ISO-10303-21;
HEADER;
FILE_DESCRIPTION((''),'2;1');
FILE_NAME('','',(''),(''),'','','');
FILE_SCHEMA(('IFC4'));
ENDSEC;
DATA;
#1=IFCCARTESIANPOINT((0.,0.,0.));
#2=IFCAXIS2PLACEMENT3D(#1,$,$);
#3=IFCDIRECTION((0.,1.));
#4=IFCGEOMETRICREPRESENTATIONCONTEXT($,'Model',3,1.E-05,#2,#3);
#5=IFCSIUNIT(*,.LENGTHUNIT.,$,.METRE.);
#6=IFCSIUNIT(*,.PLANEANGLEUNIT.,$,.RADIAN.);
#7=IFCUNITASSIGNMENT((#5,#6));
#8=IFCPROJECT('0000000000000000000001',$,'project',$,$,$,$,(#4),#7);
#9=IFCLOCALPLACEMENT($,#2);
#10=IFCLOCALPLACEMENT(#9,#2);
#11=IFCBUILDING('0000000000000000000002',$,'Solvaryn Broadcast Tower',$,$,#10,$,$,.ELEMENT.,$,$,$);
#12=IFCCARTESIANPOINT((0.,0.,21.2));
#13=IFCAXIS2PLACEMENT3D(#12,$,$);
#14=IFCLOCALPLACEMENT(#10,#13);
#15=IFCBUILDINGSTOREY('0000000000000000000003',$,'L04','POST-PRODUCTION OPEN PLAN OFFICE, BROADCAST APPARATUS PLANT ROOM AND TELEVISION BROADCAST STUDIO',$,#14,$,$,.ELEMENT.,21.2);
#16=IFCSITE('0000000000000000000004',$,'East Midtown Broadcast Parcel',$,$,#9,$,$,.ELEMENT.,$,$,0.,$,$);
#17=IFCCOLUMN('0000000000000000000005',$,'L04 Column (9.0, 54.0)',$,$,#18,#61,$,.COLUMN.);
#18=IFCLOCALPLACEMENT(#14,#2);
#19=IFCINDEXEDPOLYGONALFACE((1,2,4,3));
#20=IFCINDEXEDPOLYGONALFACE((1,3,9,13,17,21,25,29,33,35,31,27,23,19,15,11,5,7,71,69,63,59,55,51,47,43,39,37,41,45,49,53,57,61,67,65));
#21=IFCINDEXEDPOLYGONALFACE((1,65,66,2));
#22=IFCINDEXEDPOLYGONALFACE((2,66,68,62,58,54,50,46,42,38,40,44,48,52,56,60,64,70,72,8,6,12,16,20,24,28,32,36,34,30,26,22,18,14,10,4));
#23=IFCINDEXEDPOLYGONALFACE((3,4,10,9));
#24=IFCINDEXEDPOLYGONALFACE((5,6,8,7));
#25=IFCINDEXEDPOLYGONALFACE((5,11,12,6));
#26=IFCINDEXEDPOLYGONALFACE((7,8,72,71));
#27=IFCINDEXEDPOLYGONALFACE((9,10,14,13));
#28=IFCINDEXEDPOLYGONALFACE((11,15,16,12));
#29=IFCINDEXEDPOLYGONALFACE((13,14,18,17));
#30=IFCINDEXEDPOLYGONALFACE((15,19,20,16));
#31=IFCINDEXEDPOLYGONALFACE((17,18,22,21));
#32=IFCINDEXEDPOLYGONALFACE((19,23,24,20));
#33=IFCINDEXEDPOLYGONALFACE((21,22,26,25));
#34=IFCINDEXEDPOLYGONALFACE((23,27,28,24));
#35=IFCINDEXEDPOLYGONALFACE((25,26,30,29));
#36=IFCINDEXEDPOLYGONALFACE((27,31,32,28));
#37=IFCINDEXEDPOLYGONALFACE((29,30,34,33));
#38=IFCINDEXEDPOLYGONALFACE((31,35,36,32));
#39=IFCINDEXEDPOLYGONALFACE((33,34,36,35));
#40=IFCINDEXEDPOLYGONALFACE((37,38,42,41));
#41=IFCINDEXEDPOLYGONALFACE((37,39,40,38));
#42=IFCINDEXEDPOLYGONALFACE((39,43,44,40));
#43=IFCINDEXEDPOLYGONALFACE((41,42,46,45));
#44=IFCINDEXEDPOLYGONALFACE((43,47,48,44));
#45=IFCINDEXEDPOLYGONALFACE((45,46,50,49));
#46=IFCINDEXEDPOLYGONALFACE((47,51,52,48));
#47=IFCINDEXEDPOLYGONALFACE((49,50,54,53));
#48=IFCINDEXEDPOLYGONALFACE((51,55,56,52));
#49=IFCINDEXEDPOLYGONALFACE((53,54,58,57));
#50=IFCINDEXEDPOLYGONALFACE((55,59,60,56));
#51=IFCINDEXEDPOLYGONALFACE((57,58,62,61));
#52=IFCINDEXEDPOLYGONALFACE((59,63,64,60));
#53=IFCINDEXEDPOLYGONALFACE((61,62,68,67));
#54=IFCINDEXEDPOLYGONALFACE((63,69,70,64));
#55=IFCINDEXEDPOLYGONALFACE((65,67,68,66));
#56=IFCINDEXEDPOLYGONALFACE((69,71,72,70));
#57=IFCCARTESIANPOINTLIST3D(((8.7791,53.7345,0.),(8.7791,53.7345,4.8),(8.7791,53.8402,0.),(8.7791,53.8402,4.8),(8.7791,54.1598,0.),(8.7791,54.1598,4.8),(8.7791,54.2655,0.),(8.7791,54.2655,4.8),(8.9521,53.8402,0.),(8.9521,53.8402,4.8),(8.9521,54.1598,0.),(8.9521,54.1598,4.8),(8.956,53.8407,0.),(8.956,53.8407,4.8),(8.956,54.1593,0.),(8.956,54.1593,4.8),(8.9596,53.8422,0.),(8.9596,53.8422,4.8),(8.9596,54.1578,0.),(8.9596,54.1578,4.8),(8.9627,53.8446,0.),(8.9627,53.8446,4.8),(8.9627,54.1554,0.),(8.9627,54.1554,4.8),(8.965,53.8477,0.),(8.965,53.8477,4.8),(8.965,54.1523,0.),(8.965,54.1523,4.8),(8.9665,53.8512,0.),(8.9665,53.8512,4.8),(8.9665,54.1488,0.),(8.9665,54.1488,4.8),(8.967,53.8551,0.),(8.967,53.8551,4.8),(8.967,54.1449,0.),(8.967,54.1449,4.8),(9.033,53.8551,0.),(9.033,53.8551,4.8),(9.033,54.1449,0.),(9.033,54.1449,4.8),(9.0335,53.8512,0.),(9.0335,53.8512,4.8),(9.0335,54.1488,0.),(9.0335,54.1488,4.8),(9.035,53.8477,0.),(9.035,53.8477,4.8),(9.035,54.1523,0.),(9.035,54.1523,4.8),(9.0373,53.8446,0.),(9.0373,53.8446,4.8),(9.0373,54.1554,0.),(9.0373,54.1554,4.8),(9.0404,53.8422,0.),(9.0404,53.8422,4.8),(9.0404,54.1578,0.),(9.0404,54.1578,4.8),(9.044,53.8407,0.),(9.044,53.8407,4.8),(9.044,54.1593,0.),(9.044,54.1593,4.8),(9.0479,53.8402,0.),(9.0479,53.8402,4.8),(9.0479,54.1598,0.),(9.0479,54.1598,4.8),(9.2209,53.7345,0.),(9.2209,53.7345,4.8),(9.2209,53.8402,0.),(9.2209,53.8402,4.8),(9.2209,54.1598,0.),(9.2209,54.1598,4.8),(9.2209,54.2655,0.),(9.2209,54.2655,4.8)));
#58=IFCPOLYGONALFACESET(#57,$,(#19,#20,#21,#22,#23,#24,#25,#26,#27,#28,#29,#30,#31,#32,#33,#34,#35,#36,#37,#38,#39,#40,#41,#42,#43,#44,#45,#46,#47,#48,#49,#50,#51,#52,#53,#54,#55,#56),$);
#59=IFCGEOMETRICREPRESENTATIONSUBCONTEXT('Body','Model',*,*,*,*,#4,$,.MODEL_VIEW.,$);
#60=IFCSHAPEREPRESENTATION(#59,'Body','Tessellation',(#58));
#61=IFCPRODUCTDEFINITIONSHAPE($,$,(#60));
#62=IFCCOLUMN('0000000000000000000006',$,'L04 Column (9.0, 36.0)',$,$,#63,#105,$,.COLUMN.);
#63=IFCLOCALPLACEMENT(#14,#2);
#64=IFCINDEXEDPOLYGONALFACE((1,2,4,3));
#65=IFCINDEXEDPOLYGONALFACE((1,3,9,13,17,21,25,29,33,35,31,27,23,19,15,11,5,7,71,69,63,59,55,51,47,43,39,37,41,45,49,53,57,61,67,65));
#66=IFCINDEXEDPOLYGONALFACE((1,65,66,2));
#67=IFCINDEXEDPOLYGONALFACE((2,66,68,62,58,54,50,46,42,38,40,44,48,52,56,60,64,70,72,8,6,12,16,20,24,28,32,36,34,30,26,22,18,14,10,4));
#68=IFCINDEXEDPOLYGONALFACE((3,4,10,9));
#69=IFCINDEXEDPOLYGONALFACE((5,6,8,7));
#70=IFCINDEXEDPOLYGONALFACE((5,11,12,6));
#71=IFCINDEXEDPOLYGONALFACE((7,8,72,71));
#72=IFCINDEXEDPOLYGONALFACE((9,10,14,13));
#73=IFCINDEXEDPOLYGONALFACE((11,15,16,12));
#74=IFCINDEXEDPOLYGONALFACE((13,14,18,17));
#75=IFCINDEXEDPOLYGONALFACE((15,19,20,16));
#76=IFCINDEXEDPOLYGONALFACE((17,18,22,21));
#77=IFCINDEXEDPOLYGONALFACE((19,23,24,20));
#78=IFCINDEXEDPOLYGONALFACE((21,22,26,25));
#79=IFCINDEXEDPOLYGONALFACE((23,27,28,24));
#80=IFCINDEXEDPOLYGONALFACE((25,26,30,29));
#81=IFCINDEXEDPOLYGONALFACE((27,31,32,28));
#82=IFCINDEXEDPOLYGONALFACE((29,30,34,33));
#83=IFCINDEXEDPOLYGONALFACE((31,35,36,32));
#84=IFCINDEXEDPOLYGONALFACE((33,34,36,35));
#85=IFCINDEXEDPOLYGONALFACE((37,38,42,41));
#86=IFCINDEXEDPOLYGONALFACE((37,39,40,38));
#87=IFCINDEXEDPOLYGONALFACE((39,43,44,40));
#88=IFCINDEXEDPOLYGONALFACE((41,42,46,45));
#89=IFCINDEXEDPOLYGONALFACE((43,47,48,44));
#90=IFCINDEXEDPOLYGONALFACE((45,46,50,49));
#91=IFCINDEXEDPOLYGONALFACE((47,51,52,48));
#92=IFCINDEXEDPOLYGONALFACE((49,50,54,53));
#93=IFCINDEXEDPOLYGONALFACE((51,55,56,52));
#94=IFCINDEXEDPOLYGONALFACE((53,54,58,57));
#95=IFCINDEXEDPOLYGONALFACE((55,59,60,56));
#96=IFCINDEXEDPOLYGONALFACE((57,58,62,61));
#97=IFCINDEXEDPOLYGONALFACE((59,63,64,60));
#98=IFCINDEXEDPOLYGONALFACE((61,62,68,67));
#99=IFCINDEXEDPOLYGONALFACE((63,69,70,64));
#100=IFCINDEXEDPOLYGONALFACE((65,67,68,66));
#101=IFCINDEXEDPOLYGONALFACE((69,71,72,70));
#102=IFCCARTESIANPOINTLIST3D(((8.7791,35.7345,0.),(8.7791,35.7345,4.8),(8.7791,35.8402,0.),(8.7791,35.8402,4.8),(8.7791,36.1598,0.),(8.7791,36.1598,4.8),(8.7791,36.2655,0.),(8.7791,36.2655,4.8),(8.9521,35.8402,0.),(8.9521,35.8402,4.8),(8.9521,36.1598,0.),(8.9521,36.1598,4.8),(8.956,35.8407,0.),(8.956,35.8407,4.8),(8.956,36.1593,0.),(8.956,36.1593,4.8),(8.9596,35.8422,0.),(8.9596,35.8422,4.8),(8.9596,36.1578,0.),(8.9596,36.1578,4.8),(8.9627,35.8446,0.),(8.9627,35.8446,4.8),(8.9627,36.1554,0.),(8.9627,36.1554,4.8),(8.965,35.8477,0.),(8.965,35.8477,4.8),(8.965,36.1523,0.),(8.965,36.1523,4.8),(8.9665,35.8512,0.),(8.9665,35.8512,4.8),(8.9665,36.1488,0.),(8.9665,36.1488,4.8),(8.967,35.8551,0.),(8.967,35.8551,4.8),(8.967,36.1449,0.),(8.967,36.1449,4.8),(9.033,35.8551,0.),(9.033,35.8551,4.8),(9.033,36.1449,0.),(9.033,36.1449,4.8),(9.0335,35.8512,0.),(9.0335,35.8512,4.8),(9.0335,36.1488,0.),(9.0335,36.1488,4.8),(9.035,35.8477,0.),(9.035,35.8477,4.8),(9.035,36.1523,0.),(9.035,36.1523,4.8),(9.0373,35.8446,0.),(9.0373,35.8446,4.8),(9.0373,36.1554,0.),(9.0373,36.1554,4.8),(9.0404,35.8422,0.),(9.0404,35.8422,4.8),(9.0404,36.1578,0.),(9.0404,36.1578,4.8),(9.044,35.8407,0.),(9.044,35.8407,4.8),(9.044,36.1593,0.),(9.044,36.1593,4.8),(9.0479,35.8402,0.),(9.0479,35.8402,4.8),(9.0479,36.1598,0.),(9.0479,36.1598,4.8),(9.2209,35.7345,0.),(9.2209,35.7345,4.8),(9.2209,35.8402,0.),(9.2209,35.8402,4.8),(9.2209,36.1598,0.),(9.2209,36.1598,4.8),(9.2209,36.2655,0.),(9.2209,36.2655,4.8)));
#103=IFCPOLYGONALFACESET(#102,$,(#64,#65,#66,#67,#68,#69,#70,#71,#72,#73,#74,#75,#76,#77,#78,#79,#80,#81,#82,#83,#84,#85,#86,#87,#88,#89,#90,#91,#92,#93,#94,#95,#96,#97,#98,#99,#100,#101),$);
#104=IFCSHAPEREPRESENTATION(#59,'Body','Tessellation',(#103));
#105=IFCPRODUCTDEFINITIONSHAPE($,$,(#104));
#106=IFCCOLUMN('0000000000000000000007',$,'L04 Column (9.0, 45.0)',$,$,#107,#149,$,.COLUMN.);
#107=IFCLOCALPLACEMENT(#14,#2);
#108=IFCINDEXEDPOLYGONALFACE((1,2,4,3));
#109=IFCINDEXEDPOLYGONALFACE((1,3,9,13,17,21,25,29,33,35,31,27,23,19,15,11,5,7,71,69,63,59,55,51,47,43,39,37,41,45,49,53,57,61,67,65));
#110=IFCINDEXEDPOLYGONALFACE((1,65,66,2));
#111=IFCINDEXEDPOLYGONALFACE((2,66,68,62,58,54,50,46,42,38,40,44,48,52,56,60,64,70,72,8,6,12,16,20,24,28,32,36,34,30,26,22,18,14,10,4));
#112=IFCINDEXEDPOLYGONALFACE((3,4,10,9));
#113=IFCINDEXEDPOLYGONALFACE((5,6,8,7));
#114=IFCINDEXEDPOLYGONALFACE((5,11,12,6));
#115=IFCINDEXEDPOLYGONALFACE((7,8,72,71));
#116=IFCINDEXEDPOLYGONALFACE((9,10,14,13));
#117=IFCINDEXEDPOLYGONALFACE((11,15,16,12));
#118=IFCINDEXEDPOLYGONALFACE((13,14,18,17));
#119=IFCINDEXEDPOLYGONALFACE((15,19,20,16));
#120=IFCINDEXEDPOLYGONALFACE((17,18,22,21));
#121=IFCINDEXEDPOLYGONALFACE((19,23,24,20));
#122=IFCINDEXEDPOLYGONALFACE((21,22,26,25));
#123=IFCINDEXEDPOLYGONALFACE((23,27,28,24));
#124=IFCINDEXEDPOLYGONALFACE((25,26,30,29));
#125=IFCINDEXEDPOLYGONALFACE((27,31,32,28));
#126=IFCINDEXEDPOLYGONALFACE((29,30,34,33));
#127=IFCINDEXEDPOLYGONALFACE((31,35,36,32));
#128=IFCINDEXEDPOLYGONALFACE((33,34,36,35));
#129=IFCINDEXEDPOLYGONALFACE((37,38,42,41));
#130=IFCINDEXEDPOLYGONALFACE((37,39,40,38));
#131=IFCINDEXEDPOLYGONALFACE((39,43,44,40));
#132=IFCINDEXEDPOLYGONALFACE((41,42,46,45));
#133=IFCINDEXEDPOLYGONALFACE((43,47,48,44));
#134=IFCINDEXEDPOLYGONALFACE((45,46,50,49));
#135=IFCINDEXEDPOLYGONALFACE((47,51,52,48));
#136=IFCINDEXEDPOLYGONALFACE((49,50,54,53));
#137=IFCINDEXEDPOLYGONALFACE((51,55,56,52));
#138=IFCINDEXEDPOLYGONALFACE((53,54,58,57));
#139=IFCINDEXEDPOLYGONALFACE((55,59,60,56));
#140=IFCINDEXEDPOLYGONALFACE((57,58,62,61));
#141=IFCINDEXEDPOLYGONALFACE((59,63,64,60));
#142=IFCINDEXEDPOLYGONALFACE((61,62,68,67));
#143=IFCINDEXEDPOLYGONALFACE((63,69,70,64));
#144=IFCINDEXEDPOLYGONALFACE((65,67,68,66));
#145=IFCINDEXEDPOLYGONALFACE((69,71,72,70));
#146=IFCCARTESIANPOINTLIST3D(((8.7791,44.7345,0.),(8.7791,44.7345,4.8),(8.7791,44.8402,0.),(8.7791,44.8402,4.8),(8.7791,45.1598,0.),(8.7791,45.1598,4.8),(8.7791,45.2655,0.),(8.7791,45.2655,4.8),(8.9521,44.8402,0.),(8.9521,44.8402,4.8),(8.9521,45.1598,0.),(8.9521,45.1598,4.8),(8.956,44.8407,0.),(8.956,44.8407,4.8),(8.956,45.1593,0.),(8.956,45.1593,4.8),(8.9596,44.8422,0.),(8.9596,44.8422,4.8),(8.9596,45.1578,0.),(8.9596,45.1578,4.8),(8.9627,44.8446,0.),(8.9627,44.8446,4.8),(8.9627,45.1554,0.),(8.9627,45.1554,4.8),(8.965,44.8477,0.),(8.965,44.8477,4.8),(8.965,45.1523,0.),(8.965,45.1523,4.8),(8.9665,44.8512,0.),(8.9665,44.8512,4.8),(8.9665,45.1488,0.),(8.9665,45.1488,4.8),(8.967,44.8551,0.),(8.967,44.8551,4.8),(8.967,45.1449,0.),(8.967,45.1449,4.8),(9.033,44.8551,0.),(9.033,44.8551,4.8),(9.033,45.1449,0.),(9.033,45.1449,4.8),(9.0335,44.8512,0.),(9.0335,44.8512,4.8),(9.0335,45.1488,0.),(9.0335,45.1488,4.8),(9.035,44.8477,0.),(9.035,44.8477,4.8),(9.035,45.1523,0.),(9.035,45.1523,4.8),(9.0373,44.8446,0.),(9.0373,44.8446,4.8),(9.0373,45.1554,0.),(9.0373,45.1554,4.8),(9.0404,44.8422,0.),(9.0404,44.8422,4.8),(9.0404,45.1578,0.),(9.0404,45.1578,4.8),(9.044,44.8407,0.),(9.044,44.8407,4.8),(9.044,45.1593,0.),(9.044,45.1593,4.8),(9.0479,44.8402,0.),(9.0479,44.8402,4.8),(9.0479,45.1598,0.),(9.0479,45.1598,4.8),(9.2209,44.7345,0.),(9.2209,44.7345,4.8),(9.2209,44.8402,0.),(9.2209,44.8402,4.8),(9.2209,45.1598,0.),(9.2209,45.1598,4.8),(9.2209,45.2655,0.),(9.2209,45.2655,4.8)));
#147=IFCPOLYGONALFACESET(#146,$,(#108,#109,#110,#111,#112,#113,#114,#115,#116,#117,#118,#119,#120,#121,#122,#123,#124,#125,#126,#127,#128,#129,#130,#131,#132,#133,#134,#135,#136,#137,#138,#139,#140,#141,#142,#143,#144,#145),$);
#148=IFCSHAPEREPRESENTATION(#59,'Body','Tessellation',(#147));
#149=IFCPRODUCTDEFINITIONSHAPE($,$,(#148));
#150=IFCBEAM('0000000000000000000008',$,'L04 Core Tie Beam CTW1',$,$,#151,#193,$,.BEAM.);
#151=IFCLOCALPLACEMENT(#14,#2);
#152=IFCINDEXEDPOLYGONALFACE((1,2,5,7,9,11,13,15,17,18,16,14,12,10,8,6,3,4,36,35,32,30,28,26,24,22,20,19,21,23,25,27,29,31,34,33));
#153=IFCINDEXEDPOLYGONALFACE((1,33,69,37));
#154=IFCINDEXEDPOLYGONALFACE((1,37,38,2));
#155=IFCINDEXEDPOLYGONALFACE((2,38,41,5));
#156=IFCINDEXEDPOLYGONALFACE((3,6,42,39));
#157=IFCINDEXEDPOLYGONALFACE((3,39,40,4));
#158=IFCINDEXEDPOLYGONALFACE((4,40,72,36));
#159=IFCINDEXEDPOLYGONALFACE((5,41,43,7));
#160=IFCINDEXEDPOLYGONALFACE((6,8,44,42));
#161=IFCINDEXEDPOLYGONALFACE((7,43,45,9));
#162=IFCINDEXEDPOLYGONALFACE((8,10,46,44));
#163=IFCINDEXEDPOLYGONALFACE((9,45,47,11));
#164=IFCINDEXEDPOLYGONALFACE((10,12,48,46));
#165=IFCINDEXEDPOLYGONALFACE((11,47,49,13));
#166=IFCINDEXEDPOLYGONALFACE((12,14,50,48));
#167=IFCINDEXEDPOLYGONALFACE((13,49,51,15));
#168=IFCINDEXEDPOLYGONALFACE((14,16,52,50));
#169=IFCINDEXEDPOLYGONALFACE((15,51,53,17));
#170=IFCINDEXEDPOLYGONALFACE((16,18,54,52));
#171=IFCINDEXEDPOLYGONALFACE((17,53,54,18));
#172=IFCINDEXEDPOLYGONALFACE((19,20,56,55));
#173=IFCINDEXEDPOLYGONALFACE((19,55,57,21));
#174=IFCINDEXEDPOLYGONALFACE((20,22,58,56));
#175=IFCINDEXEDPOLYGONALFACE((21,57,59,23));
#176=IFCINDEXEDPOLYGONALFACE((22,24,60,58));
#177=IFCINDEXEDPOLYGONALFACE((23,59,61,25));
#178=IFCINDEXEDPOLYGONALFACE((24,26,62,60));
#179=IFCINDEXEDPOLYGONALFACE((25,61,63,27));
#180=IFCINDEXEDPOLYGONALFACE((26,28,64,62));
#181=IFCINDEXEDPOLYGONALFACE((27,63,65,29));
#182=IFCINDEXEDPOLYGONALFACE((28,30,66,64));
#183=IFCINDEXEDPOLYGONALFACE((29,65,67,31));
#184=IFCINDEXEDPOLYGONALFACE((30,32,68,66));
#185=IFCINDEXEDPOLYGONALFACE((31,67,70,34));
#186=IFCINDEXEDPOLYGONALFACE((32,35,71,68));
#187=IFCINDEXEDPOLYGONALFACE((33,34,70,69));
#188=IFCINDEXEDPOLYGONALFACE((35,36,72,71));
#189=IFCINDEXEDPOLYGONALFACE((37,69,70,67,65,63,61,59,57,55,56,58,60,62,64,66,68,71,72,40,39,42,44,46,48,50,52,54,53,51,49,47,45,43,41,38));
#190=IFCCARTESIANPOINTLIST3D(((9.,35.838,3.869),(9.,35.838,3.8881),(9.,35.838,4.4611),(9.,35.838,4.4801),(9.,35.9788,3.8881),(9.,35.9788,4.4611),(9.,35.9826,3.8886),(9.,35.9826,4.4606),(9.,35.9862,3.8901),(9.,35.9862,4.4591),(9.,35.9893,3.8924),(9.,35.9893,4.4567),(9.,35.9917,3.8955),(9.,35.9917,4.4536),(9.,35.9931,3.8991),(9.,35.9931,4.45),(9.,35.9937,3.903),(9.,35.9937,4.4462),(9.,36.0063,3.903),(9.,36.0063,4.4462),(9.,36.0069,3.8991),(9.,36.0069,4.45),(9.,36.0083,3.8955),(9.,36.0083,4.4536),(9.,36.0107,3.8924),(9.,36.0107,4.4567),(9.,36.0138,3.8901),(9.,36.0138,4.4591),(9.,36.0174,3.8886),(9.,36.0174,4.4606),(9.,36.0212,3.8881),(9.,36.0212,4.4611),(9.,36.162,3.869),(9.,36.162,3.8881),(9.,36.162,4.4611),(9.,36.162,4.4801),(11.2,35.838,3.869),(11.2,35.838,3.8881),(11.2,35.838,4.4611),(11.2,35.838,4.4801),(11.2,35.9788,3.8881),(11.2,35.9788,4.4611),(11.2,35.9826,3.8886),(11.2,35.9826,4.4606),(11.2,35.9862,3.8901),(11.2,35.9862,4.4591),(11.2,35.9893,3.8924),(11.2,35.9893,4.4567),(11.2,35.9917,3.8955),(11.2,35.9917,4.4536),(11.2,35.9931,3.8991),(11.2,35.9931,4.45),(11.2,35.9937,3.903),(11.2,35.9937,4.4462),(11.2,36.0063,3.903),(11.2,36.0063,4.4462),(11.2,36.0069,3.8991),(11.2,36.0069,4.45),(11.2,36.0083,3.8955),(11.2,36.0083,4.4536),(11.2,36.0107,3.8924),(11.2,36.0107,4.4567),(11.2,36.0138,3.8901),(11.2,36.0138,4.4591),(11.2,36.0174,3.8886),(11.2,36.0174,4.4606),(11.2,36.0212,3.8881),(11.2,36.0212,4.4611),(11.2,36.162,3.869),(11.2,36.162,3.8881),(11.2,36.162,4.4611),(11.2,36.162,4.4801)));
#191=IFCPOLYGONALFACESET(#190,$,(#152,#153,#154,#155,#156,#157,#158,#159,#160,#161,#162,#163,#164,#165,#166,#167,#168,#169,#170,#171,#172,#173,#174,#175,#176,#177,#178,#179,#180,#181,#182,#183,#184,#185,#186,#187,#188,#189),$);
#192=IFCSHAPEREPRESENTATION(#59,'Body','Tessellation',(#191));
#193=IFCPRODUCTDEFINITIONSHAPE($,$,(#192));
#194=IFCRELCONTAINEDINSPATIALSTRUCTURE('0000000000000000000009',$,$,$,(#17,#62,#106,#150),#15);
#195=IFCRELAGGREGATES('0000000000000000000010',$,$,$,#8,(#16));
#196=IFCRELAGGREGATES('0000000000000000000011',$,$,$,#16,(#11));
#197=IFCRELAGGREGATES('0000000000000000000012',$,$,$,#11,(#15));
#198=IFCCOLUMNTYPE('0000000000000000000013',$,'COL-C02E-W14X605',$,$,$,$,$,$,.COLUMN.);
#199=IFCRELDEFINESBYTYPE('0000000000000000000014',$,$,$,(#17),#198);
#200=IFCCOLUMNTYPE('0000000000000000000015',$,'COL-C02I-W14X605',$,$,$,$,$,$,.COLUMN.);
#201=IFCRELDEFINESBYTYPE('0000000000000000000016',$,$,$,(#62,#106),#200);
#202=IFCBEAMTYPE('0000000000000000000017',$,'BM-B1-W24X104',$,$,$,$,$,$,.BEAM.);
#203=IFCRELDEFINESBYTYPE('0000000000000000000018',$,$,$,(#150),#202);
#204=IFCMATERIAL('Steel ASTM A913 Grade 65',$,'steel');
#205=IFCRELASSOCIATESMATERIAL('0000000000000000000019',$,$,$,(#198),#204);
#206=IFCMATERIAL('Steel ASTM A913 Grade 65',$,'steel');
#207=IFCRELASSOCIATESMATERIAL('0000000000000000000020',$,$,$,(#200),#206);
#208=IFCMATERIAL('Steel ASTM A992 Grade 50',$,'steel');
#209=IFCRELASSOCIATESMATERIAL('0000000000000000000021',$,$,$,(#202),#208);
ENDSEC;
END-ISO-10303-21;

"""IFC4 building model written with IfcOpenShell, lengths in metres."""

from ifc_helpers import new_model, si_unit, direction, frame, origin, origin_2d, place, context, subcontext, project, spatial, i_section, extrude, material, material_profile, profile_set, type_object, element, save


model = new_model("IFC4")

# Units and contexts
model_context = context("Model", 3, precision=1e-05, world=origin(), true_north=direction((0.0, 1.0)))
body_context = subcontext(model_context, "Body", "Model", "MODEL_VIEW")
ifc_project = project(units=[si_unit("LENGTHUNIT", "METRE"), si_unit("PLANEANGLEUNIT", "RADIAN")], contexts=[model_context])

# Site, building, storey
site_placement = place(None, origin())
site = spatial("IfcSite", under=ifc_project, at=site_placement, Name="East Midtown Broadcast Parcel", CompositionType="ELEMENT", RefElevation=0.0)
building_placement = place(site_placement, origin())
building = spatial("IfcBuilding", under=site, at=building_placement, Name="Solvaryn Broadcast Tower", CompositionType="ELEMENT")
storey_placement = place(building_placement, frame((0.0, 0.0, 21.2)))
storey = spatial("IfcBuildingStorey", under=building, at=storey_placement, Name="L04", Description="POST-PRODUCTION OPEN PLAN OFFICE, BROADCAST APPARATUS PLANT ROOM AND TELEVISION BROADCAST STUDIO", CompositionType="ELEMENT", Elevation=21.2)

# Columns
ifc_material_1 = material(Name="Steel ASTM A913 Grade 65", Category="steel")
ifc_material_profile_1 = material_profile(ifc_material_1, i_section(OverallWidth=0.4419, OverallDepth=0.531, WebThickness=0.0659, FlangeThickness=0.1057, FilletRadius=0.0149, at=origin_2d()))
ifc_profile_set_1 = profile_set([ifc_material_profile_1], Name="Steel ASTM A913 Grade 65")
column_type_1 = type_object("IfcColumnType", Name="COL-C02E-W14X605", PredefinedType="COLUMN", material=ifc_profile_set_1)
column_placement = place(storey_placement, frame((9.0, 54.0, 0.0), z_axis=(0.0, 0.0, 1.0), x_axis=(1.0, 0.0, 0.0)))
element("IfcColumn", 1, at=column_placement, inside=storey, type_object=column_type_1, Name="L04 Column (9.0, 54.0)", PredefinedType="COLUMN", context=body_context, shape_type="SweptSolid", body=[
    extrude(i_section(OverallWidth=0.4419, OverallDepth=0.531, WebThickness=0.0659, FlangeThickness=0.1057, FilletRadius=0.0149, at=origin_2d()), origin(), (0.0, 0.0, 1.0), 4.8),
])
ifc_material_2 = material(Name="Steel ASTM A913 Grade 65", Category="steel")
ifc_material_profile_2 = material_profile(ifc_material_2, i_section(OverallWidth=0.4419, OverallDepth=0.531, WebThickness=0.0659, FlangeThickness=0.1057, FilletRadius=0.0149, at=origin_2d()))
ifc_profile_set_2 = profile_set([ifc_material_profile_2], Name="Steel ASTM A913 Grade 65")
column_type_2 = type_object("IfcColumnType", Name="COL-C02I-W14X605", PredefinedType="COLUMN", material=ifc_profile_set_2)
for number, where, z_axis, x_axis, name in (
    (2, (9.0, 36.0, 0.0), (0.0, 0.0, 1.0), (1.0, 0.0, 0.0), "L04 Column (9.0, 36.0)"),
    (3, (9.0, 45.0, 0.0), (0.0, 0.0, 1.0), (1.0, 0.0, 0.0), "L04 Column (9.0, 45.0)"),
):
    element("IfcColumn", number, at=place(storey_placement, frame(where, z_axis=z_axis, x_axis=x_axis)), inside=storey, type_object=column_type_2, Name=name, PredefinedType="COLUMN", context=body_context, shape_type="SweptSolid", body=[
        extrude(i_section(OverallWidth=0.4419, OverallDepth=0.531, WebThickness=0.0659, FlangeThickness=0.1057, FilletRadius=0.0149, at=origin_2d()), origin(), (0.0, 0.0, 1.0), 4.8),
    ])

# Beam
ifc_material_3 = material(Name="Steel ASTM A992 Grade 50", Category="steel")
ifc_material_profile_3 = material_profile(ifc_material_3, i_section(OverallWidth=0.324, OverallDepth=0.6111, WebThickness=0.0127, FlangeThickness=0.019, FilletRadius=0.0149, at=origin_2d()))
ifc_profile_set_3 = profile_set([ifc_material_profile_3], Name="Steel ASTM A992 Grade 50")
beam_type_1 = type_object("IfcBeamType", Name="BM-B1-W24X104", PredefinedType="BEAM", material=ifc_profile_set_3)
beam_1_placement = place(storey_placement, frame((9.0, 36.0, 4.1746), z_axis=(1.0, 0.0, 0.0), x_axis=(0.0, 1.0, 0.0)))
element("IfcBeam", 4, at=beam_1_placement, inside=storey, type_object=beam_type_1, Name="L04 Core Tie Beam CTW1", PredefinedType="BEAM", context=body_context, shape_type="SweptSolid", body=[
    extrude(i_section(OverallWidth=0.324, OverallDepth=0.6111, WebThickness=0.0127, FlangeThickness=0.019, FilletRadius=0.0149, at=origin_2d()), origin(), (0.0, 0.0, 1.0), 2.2),
])

save(model, "model.ifc")
